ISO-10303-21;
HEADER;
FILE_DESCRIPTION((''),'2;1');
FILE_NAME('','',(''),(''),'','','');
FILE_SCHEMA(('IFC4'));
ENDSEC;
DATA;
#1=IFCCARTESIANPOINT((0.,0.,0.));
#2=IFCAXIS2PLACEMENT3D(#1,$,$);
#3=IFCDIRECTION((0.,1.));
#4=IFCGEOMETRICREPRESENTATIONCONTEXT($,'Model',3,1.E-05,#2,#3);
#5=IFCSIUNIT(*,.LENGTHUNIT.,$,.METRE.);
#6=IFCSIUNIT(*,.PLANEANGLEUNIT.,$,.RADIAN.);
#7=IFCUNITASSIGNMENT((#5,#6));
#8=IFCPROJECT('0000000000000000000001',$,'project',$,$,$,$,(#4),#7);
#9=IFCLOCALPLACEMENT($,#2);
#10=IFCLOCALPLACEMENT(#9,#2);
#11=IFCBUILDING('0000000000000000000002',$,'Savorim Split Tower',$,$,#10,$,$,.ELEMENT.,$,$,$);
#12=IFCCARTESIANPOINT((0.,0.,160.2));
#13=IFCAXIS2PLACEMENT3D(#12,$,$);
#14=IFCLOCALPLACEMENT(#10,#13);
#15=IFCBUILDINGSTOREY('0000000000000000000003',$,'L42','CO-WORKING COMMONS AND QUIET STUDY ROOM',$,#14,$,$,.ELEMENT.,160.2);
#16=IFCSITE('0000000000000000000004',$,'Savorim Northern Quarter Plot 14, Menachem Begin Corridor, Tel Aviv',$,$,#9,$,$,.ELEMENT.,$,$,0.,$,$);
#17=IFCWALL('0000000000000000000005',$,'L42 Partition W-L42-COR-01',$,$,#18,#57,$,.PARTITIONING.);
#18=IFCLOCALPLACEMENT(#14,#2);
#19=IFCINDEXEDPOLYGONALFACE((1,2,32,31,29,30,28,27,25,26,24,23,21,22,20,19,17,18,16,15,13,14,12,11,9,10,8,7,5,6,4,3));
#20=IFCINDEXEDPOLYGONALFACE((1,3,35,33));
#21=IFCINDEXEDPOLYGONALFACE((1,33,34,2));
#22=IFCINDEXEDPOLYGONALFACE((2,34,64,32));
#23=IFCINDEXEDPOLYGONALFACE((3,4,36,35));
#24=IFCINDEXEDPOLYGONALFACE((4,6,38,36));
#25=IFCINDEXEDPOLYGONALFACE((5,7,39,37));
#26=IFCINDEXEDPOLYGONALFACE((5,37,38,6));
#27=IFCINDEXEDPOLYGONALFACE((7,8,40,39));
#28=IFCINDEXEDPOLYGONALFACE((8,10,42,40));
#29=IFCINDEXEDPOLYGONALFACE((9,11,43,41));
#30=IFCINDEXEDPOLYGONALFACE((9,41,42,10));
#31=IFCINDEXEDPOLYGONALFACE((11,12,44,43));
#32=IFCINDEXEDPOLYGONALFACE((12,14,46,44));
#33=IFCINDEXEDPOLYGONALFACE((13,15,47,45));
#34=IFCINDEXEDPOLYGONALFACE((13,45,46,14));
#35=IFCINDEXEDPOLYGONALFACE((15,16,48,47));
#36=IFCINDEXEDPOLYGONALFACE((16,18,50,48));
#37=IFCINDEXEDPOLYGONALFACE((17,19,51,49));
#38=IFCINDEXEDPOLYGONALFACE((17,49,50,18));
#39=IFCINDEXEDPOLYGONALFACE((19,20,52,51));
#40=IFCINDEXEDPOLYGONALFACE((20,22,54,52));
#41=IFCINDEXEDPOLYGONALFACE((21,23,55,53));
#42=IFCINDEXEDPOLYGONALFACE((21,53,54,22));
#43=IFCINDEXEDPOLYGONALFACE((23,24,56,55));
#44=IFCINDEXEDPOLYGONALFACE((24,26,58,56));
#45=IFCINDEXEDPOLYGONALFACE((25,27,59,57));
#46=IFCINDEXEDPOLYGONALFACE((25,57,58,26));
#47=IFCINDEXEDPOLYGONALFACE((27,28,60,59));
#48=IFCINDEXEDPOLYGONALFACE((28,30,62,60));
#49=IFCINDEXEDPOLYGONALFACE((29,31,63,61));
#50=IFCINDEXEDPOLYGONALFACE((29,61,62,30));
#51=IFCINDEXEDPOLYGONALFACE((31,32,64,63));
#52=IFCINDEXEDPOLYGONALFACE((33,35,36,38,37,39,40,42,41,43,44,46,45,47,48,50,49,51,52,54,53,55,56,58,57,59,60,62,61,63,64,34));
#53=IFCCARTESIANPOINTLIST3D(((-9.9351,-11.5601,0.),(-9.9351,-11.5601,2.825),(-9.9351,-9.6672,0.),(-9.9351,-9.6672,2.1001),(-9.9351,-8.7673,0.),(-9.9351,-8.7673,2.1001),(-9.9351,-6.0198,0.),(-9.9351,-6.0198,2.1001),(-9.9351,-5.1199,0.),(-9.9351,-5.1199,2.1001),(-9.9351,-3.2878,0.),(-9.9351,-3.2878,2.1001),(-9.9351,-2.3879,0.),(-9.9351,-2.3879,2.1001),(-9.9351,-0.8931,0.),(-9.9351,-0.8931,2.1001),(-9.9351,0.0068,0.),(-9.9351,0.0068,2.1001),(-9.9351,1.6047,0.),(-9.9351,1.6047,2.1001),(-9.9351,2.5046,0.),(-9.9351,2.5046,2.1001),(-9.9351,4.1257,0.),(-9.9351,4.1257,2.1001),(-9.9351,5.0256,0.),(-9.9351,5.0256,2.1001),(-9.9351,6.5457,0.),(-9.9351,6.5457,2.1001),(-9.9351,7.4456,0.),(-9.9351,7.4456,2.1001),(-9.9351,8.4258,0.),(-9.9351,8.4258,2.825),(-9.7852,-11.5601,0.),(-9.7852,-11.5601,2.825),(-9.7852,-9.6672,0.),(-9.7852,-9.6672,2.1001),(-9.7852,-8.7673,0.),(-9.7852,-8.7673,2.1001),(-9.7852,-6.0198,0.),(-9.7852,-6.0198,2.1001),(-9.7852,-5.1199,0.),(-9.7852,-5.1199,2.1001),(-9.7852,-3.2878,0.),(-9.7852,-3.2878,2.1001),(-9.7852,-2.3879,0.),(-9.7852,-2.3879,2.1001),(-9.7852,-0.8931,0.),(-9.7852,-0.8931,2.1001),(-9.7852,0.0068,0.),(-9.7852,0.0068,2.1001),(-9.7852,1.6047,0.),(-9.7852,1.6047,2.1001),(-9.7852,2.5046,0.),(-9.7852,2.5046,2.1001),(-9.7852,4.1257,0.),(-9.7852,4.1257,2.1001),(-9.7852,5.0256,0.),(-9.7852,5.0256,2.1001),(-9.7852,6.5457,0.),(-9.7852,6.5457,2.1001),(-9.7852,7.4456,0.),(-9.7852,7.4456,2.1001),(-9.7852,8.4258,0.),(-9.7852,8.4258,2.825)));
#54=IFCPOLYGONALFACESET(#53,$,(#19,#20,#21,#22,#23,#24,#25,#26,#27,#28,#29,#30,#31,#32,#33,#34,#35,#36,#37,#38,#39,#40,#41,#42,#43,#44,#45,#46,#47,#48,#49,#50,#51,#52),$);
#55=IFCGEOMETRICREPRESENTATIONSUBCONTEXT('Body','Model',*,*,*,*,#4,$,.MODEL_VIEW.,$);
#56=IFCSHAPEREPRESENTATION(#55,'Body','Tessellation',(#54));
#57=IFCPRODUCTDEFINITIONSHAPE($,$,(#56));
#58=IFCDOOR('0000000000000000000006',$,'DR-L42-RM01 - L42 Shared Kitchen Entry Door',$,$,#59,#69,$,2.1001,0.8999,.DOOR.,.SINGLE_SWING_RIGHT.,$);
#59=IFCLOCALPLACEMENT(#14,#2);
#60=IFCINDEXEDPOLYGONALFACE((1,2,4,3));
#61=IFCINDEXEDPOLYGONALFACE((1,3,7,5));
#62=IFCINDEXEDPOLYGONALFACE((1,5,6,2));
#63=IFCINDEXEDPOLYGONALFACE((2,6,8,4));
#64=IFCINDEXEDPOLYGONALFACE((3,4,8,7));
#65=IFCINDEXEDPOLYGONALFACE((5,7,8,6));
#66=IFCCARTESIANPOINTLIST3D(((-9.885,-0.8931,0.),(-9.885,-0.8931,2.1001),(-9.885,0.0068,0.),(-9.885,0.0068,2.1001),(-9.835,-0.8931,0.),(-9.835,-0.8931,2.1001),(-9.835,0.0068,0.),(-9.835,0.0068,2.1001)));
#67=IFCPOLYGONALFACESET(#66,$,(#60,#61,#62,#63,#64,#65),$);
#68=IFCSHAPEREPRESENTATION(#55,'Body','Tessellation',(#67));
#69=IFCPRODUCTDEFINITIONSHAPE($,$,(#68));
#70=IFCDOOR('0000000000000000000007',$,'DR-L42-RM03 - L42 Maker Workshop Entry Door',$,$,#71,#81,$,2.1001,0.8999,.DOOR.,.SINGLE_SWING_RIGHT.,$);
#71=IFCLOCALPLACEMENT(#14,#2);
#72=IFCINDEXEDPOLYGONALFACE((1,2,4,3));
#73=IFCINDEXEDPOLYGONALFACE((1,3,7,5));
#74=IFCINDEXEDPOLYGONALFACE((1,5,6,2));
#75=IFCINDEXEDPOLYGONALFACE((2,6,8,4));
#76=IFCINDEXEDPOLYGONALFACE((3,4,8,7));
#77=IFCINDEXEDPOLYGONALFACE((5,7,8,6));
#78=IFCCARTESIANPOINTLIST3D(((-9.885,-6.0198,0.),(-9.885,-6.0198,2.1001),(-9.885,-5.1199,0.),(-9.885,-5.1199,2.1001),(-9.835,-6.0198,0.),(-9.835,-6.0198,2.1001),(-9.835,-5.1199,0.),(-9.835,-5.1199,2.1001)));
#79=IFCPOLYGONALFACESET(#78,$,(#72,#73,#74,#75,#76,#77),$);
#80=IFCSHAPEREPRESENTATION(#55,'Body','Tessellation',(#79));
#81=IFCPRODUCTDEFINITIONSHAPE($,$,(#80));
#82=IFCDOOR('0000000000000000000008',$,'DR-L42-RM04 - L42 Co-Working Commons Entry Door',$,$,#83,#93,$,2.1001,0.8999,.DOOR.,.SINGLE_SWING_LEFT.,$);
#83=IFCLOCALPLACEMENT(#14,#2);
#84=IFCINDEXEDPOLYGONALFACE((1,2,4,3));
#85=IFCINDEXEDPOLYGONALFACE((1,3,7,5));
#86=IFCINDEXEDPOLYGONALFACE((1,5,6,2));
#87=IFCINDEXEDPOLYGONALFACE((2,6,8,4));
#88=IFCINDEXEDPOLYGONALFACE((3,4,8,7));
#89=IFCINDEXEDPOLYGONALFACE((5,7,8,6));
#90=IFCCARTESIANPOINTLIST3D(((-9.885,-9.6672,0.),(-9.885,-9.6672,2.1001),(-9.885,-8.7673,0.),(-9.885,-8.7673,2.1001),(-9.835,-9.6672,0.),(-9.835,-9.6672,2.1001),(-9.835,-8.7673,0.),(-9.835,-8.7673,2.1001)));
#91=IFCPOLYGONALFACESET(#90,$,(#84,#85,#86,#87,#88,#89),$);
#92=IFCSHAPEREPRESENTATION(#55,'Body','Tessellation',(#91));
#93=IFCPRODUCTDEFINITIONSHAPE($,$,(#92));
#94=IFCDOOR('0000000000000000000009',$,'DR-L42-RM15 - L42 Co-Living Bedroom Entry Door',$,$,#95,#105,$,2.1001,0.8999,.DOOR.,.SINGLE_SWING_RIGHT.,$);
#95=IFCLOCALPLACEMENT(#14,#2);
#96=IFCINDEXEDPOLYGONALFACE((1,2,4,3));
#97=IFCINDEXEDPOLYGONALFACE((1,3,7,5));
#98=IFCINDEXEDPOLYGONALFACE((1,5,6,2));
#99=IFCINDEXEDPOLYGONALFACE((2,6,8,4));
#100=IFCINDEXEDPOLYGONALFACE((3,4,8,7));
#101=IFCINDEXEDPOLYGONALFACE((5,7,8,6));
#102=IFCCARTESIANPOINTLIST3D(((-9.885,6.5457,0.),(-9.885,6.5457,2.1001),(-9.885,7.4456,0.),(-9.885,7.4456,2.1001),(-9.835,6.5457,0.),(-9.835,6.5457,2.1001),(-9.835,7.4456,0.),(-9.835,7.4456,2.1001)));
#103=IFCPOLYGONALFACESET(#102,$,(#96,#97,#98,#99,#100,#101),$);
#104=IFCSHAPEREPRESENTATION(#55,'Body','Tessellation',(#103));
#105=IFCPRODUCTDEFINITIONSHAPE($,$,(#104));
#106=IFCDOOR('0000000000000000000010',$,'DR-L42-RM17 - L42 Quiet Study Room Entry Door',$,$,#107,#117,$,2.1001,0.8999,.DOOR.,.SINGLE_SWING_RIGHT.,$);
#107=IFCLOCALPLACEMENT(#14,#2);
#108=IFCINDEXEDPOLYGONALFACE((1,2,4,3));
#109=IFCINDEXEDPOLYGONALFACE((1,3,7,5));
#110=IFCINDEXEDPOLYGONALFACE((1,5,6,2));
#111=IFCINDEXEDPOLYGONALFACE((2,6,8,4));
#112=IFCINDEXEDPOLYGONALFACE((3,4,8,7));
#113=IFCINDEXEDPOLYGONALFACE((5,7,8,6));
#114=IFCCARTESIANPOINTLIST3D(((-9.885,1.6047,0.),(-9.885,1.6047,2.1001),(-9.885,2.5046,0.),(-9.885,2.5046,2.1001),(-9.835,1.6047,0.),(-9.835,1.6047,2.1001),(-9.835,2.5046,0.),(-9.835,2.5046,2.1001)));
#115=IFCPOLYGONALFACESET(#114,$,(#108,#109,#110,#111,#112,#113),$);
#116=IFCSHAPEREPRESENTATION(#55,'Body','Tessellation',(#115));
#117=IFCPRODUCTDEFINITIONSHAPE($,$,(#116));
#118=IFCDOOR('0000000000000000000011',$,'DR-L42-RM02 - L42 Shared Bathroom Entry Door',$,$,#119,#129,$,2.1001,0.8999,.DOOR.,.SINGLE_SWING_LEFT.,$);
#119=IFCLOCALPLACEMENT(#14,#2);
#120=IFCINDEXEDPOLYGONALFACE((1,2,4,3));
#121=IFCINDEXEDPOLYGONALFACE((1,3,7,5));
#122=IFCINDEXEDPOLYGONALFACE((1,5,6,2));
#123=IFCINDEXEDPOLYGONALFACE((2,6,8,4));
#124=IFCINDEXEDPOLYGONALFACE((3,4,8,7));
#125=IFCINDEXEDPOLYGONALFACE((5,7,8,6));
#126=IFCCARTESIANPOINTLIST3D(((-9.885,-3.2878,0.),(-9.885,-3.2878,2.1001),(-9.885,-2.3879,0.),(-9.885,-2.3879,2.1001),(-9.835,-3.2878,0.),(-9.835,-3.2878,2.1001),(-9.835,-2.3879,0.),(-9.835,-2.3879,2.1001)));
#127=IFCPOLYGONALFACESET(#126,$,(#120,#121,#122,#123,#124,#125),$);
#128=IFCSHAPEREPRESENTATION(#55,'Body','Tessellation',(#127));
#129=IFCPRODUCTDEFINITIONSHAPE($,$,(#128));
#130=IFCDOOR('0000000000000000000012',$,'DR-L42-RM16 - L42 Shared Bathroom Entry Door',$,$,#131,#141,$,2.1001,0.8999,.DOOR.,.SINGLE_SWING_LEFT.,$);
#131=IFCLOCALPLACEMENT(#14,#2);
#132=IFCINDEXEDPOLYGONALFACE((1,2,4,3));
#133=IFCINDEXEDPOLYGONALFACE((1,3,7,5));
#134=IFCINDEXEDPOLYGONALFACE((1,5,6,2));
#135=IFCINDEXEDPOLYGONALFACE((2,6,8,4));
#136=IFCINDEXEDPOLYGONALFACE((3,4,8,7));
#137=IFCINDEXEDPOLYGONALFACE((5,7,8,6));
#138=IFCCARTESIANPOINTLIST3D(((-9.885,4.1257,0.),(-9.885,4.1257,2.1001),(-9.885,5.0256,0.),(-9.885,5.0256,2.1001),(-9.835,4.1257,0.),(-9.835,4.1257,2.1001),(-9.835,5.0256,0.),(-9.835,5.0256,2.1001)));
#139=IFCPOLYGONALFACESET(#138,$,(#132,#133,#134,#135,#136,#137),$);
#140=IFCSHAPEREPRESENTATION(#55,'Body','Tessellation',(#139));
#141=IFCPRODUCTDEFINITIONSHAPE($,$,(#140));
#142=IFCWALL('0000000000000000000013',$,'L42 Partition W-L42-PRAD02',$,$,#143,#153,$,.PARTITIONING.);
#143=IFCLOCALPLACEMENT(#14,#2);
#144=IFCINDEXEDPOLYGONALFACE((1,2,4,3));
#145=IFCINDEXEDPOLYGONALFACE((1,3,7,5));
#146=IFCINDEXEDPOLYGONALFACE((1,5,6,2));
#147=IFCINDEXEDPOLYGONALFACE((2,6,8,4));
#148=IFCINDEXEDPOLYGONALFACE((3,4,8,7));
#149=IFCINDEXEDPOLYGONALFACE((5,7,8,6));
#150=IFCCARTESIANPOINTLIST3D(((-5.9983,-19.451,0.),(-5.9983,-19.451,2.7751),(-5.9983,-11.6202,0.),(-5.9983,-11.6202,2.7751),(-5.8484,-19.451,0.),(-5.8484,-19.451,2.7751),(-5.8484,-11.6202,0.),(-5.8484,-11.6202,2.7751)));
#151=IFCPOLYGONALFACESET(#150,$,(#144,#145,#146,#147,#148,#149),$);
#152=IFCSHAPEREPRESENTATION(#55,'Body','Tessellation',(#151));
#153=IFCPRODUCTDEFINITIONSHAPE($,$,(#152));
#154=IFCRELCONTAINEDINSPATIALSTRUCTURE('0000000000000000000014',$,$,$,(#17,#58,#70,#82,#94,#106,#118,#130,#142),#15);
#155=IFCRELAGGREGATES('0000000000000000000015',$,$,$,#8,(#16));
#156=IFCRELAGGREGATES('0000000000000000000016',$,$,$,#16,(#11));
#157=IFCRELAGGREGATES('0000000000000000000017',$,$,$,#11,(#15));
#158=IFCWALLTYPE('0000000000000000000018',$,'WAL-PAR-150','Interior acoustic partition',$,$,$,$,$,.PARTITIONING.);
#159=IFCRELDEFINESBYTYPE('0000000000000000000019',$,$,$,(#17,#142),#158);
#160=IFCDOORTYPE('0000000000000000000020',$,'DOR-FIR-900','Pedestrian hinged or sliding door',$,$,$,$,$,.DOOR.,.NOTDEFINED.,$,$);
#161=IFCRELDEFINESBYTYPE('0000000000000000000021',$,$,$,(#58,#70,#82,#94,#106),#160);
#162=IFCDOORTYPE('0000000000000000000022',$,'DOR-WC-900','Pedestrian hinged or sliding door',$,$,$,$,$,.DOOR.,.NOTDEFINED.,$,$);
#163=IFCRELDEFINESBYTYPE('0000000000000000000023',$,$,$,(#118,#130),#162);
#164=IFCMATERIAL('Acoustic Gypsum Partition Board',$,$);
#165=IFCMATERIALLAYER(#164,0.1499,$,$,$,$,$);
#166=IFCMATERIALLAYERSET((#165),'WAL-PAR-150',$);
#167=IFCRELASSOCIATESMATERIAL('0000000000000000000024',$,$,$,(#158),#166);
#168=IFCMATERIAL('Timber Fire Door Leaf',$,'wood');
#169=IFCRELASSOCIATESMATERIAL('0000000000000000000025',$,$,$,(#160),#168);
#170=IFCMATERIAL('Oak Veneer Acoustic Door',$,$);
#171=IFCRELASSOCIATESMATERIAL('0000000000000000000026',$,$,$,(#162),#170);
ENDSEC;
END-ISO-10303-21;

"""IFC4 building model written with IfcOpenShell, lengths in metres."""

from ifc_helpers import new_model, si_unit, direction, frame, frame_2d, origin, place, context, subcontext, project, spatial, rectangle, extrude, material, layer, layer_set, type_object, element, fill, save


model = new_model("IFC4")

# Units and contexts
model_context = context("Model", 3, precision=1e-05, world=origin(), true_north=direction((0.0, 1.0)))
body_context = subcontext(model_context, "Body", "Model", "MODEL_VIEW")
ifc_project = project(units=[si_unit("LENGTHUNIT", "METRE"), si_unit("PLANEANGLEUNIT", "RADIAN")], contexts=[model_context])

# Site, building, storey
site_placement = place(None, origin())
site = spatial("IfcSite", under=ifc_project, at=site_placement, Name="Savorim Northern Quarter Plot 14, Menachem Begin Corridor, Tel Aviv", CompositionType="ELEMENT", RefElevation=0.0)
building_placement = place(site_placement, origin())
building = spatial("IfcBuilding", under=site, at=building_placement, Name="Savorim Split Tower", CompositionType="ELEMENT")
storey_placement = place(building_placement, frame((0.0, 0.0, 160.2)))
storey = spatial("IfcBuildingStorey", under=building, at=storey_placement, Name="L42", Description="CO-WORKING COMMONS AND QUIET STUDY ROOM", CompositionType="ELEMENT", Elevation=160.2)

# Shared definitions
ifc_material_1 = material(Name="Timber Fire Door Leaf", Category="wood")

# Wall, openings, doors
ifc_material_2 = material(Name="Acoustic Gypsum Partition Board")
ifc_layer_1 = layer(ifc_material_2, 0.1499)
ifc_layer_set_1 = layer_set([ifc_layer_1], Name="WAL-PAR-150")
wall_type_1 = type_object("IfcWallType", Name="WAL-PAR-150", Description="Interior acoustic partition", PredefinedType="PARTITIONING", material=ifc_layer_set_1)
wall_1_placement = place(storey_placement, frame((-9.8601, -11.5601, 0.0), z_axis=(0.0, 0.0, 1.0), x_axis=(0.0, 1.0, 0.0)))
wall_1 = element("IfcWall", 1, at=wall_1_placement, inside=storey, type_object=wall_type_1, Name="L42 Partition W-L42-COR-01", PredefinedType="PARTITIONING", context=body_context, shape_type="SweptSolid", body=[
    extrude(rectangle(XDim=19.9858, YDim=0.1499, at=frame_2d((9.9929, 0.0))), origin(), (0.0, 0.0, 1.0), 2.825),
])
opening_1_placement = place(wall_1_placement, frame((10.667, 0.0, 0.0)))
opening_1 = element("IfcOpeningElement", 2, at=opening_1_placement, cuts=wall_1, PredefinedType="OPENING", context=body_context, shape_type="SweptSolid", body=[
    extrude(rectangle(XDim=0.8999, YDim=2.1001, at=frame_2d((0.45, 1.05))), frame((0.0, 0.085, 0.0), z_axis=(0.0, -1.0, 0.0), x_axis=(1.0, 0.0, 0.0)), (0.0, 0.0, 1.0), 0.1699),
])
opening_2_placement = place(wall_1_placement, frame((8.2722, 0.0, 0.0)))
opening_2 = element("IfcOpeningElement", 3, at=opening_2_placement, cuts=wall_1, PredefinedType="OPENING", context=body_context, shape_type="SweptSolid", body=[
    extrude(rectangle(XDim=0.8999, YDim=2.1001, at=frame_2d((0.45, 1.05))), frame((0.0, 0.085, 0.0), z_axis=(0.0, -1.0, 0.0), x_axis=(1.0, 0.0, 0.0)), (0.0, 0.0, 1.0), 0.1699),
])
opening_3_placement = place(wall_1_placement, frame((5.5403, 0.0, 0.0)))
opening_3 = element("IfcOpeningElement", 4, at=opening_3_placement, cuts=wall_1, PredefinedType="OPENING", context=body_context, shape_type="SweptSolid", body=[
    extrude(rectangle(XDim=0.8999, YDim=2.1001, at=frame_2d((0.45, 1.05))), frame((0.0, 0.085, 0.0), z_axis=(0.0, -1.0, 0.0), x_axis=(1.0, 0.0, 0.0)), (0.0, 0.0, 1.0), 0.1699),
])
opening_4_placement = place(wall_1_placement, frame((1.8928, 0.0, 0.0)))
opening_4 = element("IfcOpeningElement", 5, at=opening_4_placement, cuts=wall_1, PredefinedType="OPENING", context=body_context, shape_type="SweptSolid", body=[
    extrude(rectangle(XDim=0.8999, YDim=2.1001, at=frame_2d((0.45, 1.05))), frame((0.0, 0.085, 0.0), z_axis=(0.0, -1.0, 0.0), x_axis=(1.0, 0.0, 0.0)), (0.0, 0.0, 1.0), 0.1699),
])
opening_5_placement = place(wall_1_placement, frame((18.1057, 0.0, 0.0)))
opening_5 = element("IfcOpeningElement", 6, at=opening_5_placement, cuts=wall_1, PredefinedType="OPENING", context=body_context, shape_type="SweptSolid", body=[
    extrude(rectangle(XDim=0.8999, YDim=2.1001, at=frame_2d((0.45, 1.05))), frame((0.0, 0.085, 0.0), z_axis=(0.0, -1.0, 0.0), x_axis=(1.0, 0.0, 0.0)), (0.0, 0.0, 1.0), 0.1699),
])
opening_6_placement = place(wall_1_placement, frame((15.6858, 0.0, 0.0)))
opening_6 = element("IfcOpeningElement", 7, at=opening_6_placement, cuts=wall_1, PredefinedType="OPENING", context=body_context, shape_type="SweptSolid", body=[
    extrude(rectangle(XDim=0.8999, YDim=2.1001, at=frame_2d((0.45, 1.05))), frame((0.0, 0.085, 0.0), z_axis=(0.0, -1.0, 0.0), x_axis=(1.0, 0.0, 0.0)), (0.0, 0.0, 1.0), 0.1699),
])
opening_7_placement = place(wall_1_placement, frame((13.1648, 0.0, 0.0)))
opening_7 = element("IfcOpeningElement", 8, at=opening_7_placement, cuts=wall_1, PredefinedType="OPENING", context=body_context, shape_type="SweptSolid", body=[
    extrude(rectangle(XDim=0.8999, YDim=2.1001, at=frame_2d((0.45, 1.05))), frame((0.0, 0.085, 0.0), z_axis=(0.0, -1.0, 0.0), x_axis=(1.0, 0.0, 0.0)), (0.0, 0.0, 1.0), 0.1699),
])
door_type_1 = type_object("IfcDoorType", Name="DOR-FIR-900", Description="Pedestrian hinged or sliding door", OperationType="NOTDEFINED", PredefinedType="DOOR", material=ifc_material_1)
door_1_placement = place(opening_1_placement, origin())
door_1 = element("IfcDoor", 9, at=door_1_placement, inside=storey, type_object=door_type_1, Name="DR-L42-RM01 - L42 Shared Kitchen Entry Door", OperationType="SINGLE_SWING_RIGHT", OverallHeight=2.1001, OverallWidth=0.8999, PredefinedType="DOOR", context=body_context, shape_type="SweptSolid", body=[
    extrude(rectangle(XDim=0.8999, YDim=2.1001, at=frame_2d((0.45, 1.05))), frame((0.0, 0.0249, 0.0), z_axis=(0.0, -1.0, 0.0), x_axis=(1.0, 0.0, 0.0)), (0.0, 0.0, 1.0), 0.05),
])
fill(opening_1, door_1)
door_2_placement = place(opening_3_placement, origin())
door_2 = element("IfcDoor", 10, at=door_2_placement, inside=storey, type_object=door_type_1, Name="DR-L42-RM03 - L42 Maker Workshop Entry Door", OperationType="SINGLE_SWING_RIGHT", OverallHeight=2.1001, OverallWidth=0.8999, PredefinedType="DOOR", context=body_context, shape_type="SweptSolid", body=[
    extrude(rectangle(XDim=0.8999, YDim=2.1001, at=frame_2d((0.45, 1.05))), frame((0.0, 0.0249, 0.0), z_axis=(0.0, -1.0, 0.0), x_axis=(1.0, 0.0, 0.0)), (0.0, 0.0, 1.0), 0.05),
])
fill(opening_3, door_2)
door_3_placement = place(opening_4_placement, origin())
door_3 = element("IfcDoor", 11, at=door_3_placement, inside=storey, type_object=door_type_1, Name="DR-L42-RM04 - L42 Co-Working Commons Entry Door", OperationType="SINGLE_SWING_LEFT", OverallHeight=2.1001, OverallWidth=0.8999, PredefinedType="DOOR", context=body_context, shape_type="SweptSolid", body=[
    extrude(rectangle(XDim=0.8999, YDim=2.1001, at=frame_2d((0.45, 1.05))), frame((0.0, 0.0249, 0.0), z_axis=(0.0, -1.0, 0.0), x_axis=(1.0, 0.0, 0.0)), (0.0, 0.0, 1.0), 0.05),
])
fill(opening_4, door_3)
door_4_placement = place(opening_5_placement, origin())
door_4 = element("IfcDoor", 12, at=door_4_placement, inside=storey, type_object=door_type_1, Name="DR-L42-RM15 - L42 Co-Living Bedroom Entry Door", OperationType="SINGLE_SWING_RIGHT", OverallHeight=2.1001, OverallWidth=0.8999, PredefinedType="DOOR", context=body_context, shape_type="SweptSolid", body=[
    extrude(rectangle(XDim=0.8999, YDim=2.1001, at=frame_2d((0.45, 1.05))), frame((0.0, 0.0249, 0.0), z_axis=(0.0, -1.0, 0.0), x_axis=(1.0, 0.0, 0.0)), (0.0, 0.0, 1.0), 0.05),
])
fill(opening_5, door_4)
door_5_placement = place(opening_7_placement, origin())
door_5 = element("IfcDoor", 13, at=door_5_placement, inside=storey, type_object=door_type_1, Name="DR-L42-RM17 - L42 Quiet Study Room Entry Door", OperationType="SINGLE_SWING_RIGHT", OverallHeight=2.1001, OverallWidth=0.8999, PredefinedType="DOOR", context=body_context, shape_type="SweptSolid", body=[
    extrude(rectangle(XDim=0.8999, YDim=2.1001, at=frame_2d((0.45, 1.05))), frame((0.0, 0.0249, 0.0), z_axis=(0.0, -1.0, 0.0), x_axis=(1.0, 0.0, 0.0)), (0.0, 0.0, 1.0), 0.05),
])
fill(opening_7, door_5)
ifc_material_3 = material(Name="Oak Veneer Acoustic Door")
door_type_2 = type_object("IfcDoorType", Name="DOR-WC-900", Description="Pedestrian hinged or sliding door", OperationType="NOTDEFINED", PredefinedType="DOOR", material=ifc_material_3)
door_6_placement = place(opening_2_placement, origin())
door_6 = element("IfcDoor", 14, at=door_6_placement, inside=storey, type_object=door_type_2, Name="DR-L42-RM02 - L42 Shared Bathroom Entry Door", OperationType="SINGLE_SWING_LEFT", OverallHeight=2.1001, OverallWidth=0.8999, PredefinedType="DOOR", context=body_context, shape_type="SweptSolid", body=[
    extrude(rectangle(XDim=0.8999, YDim=2.1001, at=frame_2d((0.45, 1.05))), frame((0.0, 0.0249, 0.0), z_axis=(0.0, -1.0, 0.0), x_axis=(1.0, 0.0, 0.0)), (0.0, 0.0, 1.0), 0.05),
])
fill(opening_2, door_6)
door_7_placement = place(opening_6_placement, origin())
door_7 = element("IfcDoor", 15, at=door_7_placement, inside=storey, type_object=door_type_2, Name="DR-L42-RM16 - L42 Shared Bathroom Entry Door", OperationType="SINGLE_SWING_LEFT", OverallHeight=2.1001, OverallWidth=0.8999, PredefinedType="DOOR", context=body_context, shape_type="SweptSolid", body=[
    extrude(rectangle(XDim=0.8999, YDim=2.1001, at=frame_2d((0.45, 1.05))), frame((0.0, 0.0249, 0.0), z_axis=(0.0, -1.0, 0.0), x_axis=(1.0, 0.0, 0.0)), (0.0, 0.0, 1.0), 0.05),
])
fill(opening_6, door_7)

# Wall
wall_2_placement = place(storey_placement, frame((-5.9233, -11.6201, 0.0), z_axis=(0.0, 0.0, 1.0), x_axis=(0.0, -1.0, 0.0)))
element("IfcWall", 16, at=wall_2_placement, inside=storey, type_object=wall_type_1, Name="L42 Partition W-L42-PRAD02", PredefinedType="PARTITIONING", context=body_context, shape_type="SweptSolid", body=[
    extrude(rectangle(XDim=7.8308, YDim=0.1499, at=frame_2d((3.9155, 0.0))), origin(), (0.0, 0.0, 1.0), 2.7751),
])

save(model, "model.ifc")
